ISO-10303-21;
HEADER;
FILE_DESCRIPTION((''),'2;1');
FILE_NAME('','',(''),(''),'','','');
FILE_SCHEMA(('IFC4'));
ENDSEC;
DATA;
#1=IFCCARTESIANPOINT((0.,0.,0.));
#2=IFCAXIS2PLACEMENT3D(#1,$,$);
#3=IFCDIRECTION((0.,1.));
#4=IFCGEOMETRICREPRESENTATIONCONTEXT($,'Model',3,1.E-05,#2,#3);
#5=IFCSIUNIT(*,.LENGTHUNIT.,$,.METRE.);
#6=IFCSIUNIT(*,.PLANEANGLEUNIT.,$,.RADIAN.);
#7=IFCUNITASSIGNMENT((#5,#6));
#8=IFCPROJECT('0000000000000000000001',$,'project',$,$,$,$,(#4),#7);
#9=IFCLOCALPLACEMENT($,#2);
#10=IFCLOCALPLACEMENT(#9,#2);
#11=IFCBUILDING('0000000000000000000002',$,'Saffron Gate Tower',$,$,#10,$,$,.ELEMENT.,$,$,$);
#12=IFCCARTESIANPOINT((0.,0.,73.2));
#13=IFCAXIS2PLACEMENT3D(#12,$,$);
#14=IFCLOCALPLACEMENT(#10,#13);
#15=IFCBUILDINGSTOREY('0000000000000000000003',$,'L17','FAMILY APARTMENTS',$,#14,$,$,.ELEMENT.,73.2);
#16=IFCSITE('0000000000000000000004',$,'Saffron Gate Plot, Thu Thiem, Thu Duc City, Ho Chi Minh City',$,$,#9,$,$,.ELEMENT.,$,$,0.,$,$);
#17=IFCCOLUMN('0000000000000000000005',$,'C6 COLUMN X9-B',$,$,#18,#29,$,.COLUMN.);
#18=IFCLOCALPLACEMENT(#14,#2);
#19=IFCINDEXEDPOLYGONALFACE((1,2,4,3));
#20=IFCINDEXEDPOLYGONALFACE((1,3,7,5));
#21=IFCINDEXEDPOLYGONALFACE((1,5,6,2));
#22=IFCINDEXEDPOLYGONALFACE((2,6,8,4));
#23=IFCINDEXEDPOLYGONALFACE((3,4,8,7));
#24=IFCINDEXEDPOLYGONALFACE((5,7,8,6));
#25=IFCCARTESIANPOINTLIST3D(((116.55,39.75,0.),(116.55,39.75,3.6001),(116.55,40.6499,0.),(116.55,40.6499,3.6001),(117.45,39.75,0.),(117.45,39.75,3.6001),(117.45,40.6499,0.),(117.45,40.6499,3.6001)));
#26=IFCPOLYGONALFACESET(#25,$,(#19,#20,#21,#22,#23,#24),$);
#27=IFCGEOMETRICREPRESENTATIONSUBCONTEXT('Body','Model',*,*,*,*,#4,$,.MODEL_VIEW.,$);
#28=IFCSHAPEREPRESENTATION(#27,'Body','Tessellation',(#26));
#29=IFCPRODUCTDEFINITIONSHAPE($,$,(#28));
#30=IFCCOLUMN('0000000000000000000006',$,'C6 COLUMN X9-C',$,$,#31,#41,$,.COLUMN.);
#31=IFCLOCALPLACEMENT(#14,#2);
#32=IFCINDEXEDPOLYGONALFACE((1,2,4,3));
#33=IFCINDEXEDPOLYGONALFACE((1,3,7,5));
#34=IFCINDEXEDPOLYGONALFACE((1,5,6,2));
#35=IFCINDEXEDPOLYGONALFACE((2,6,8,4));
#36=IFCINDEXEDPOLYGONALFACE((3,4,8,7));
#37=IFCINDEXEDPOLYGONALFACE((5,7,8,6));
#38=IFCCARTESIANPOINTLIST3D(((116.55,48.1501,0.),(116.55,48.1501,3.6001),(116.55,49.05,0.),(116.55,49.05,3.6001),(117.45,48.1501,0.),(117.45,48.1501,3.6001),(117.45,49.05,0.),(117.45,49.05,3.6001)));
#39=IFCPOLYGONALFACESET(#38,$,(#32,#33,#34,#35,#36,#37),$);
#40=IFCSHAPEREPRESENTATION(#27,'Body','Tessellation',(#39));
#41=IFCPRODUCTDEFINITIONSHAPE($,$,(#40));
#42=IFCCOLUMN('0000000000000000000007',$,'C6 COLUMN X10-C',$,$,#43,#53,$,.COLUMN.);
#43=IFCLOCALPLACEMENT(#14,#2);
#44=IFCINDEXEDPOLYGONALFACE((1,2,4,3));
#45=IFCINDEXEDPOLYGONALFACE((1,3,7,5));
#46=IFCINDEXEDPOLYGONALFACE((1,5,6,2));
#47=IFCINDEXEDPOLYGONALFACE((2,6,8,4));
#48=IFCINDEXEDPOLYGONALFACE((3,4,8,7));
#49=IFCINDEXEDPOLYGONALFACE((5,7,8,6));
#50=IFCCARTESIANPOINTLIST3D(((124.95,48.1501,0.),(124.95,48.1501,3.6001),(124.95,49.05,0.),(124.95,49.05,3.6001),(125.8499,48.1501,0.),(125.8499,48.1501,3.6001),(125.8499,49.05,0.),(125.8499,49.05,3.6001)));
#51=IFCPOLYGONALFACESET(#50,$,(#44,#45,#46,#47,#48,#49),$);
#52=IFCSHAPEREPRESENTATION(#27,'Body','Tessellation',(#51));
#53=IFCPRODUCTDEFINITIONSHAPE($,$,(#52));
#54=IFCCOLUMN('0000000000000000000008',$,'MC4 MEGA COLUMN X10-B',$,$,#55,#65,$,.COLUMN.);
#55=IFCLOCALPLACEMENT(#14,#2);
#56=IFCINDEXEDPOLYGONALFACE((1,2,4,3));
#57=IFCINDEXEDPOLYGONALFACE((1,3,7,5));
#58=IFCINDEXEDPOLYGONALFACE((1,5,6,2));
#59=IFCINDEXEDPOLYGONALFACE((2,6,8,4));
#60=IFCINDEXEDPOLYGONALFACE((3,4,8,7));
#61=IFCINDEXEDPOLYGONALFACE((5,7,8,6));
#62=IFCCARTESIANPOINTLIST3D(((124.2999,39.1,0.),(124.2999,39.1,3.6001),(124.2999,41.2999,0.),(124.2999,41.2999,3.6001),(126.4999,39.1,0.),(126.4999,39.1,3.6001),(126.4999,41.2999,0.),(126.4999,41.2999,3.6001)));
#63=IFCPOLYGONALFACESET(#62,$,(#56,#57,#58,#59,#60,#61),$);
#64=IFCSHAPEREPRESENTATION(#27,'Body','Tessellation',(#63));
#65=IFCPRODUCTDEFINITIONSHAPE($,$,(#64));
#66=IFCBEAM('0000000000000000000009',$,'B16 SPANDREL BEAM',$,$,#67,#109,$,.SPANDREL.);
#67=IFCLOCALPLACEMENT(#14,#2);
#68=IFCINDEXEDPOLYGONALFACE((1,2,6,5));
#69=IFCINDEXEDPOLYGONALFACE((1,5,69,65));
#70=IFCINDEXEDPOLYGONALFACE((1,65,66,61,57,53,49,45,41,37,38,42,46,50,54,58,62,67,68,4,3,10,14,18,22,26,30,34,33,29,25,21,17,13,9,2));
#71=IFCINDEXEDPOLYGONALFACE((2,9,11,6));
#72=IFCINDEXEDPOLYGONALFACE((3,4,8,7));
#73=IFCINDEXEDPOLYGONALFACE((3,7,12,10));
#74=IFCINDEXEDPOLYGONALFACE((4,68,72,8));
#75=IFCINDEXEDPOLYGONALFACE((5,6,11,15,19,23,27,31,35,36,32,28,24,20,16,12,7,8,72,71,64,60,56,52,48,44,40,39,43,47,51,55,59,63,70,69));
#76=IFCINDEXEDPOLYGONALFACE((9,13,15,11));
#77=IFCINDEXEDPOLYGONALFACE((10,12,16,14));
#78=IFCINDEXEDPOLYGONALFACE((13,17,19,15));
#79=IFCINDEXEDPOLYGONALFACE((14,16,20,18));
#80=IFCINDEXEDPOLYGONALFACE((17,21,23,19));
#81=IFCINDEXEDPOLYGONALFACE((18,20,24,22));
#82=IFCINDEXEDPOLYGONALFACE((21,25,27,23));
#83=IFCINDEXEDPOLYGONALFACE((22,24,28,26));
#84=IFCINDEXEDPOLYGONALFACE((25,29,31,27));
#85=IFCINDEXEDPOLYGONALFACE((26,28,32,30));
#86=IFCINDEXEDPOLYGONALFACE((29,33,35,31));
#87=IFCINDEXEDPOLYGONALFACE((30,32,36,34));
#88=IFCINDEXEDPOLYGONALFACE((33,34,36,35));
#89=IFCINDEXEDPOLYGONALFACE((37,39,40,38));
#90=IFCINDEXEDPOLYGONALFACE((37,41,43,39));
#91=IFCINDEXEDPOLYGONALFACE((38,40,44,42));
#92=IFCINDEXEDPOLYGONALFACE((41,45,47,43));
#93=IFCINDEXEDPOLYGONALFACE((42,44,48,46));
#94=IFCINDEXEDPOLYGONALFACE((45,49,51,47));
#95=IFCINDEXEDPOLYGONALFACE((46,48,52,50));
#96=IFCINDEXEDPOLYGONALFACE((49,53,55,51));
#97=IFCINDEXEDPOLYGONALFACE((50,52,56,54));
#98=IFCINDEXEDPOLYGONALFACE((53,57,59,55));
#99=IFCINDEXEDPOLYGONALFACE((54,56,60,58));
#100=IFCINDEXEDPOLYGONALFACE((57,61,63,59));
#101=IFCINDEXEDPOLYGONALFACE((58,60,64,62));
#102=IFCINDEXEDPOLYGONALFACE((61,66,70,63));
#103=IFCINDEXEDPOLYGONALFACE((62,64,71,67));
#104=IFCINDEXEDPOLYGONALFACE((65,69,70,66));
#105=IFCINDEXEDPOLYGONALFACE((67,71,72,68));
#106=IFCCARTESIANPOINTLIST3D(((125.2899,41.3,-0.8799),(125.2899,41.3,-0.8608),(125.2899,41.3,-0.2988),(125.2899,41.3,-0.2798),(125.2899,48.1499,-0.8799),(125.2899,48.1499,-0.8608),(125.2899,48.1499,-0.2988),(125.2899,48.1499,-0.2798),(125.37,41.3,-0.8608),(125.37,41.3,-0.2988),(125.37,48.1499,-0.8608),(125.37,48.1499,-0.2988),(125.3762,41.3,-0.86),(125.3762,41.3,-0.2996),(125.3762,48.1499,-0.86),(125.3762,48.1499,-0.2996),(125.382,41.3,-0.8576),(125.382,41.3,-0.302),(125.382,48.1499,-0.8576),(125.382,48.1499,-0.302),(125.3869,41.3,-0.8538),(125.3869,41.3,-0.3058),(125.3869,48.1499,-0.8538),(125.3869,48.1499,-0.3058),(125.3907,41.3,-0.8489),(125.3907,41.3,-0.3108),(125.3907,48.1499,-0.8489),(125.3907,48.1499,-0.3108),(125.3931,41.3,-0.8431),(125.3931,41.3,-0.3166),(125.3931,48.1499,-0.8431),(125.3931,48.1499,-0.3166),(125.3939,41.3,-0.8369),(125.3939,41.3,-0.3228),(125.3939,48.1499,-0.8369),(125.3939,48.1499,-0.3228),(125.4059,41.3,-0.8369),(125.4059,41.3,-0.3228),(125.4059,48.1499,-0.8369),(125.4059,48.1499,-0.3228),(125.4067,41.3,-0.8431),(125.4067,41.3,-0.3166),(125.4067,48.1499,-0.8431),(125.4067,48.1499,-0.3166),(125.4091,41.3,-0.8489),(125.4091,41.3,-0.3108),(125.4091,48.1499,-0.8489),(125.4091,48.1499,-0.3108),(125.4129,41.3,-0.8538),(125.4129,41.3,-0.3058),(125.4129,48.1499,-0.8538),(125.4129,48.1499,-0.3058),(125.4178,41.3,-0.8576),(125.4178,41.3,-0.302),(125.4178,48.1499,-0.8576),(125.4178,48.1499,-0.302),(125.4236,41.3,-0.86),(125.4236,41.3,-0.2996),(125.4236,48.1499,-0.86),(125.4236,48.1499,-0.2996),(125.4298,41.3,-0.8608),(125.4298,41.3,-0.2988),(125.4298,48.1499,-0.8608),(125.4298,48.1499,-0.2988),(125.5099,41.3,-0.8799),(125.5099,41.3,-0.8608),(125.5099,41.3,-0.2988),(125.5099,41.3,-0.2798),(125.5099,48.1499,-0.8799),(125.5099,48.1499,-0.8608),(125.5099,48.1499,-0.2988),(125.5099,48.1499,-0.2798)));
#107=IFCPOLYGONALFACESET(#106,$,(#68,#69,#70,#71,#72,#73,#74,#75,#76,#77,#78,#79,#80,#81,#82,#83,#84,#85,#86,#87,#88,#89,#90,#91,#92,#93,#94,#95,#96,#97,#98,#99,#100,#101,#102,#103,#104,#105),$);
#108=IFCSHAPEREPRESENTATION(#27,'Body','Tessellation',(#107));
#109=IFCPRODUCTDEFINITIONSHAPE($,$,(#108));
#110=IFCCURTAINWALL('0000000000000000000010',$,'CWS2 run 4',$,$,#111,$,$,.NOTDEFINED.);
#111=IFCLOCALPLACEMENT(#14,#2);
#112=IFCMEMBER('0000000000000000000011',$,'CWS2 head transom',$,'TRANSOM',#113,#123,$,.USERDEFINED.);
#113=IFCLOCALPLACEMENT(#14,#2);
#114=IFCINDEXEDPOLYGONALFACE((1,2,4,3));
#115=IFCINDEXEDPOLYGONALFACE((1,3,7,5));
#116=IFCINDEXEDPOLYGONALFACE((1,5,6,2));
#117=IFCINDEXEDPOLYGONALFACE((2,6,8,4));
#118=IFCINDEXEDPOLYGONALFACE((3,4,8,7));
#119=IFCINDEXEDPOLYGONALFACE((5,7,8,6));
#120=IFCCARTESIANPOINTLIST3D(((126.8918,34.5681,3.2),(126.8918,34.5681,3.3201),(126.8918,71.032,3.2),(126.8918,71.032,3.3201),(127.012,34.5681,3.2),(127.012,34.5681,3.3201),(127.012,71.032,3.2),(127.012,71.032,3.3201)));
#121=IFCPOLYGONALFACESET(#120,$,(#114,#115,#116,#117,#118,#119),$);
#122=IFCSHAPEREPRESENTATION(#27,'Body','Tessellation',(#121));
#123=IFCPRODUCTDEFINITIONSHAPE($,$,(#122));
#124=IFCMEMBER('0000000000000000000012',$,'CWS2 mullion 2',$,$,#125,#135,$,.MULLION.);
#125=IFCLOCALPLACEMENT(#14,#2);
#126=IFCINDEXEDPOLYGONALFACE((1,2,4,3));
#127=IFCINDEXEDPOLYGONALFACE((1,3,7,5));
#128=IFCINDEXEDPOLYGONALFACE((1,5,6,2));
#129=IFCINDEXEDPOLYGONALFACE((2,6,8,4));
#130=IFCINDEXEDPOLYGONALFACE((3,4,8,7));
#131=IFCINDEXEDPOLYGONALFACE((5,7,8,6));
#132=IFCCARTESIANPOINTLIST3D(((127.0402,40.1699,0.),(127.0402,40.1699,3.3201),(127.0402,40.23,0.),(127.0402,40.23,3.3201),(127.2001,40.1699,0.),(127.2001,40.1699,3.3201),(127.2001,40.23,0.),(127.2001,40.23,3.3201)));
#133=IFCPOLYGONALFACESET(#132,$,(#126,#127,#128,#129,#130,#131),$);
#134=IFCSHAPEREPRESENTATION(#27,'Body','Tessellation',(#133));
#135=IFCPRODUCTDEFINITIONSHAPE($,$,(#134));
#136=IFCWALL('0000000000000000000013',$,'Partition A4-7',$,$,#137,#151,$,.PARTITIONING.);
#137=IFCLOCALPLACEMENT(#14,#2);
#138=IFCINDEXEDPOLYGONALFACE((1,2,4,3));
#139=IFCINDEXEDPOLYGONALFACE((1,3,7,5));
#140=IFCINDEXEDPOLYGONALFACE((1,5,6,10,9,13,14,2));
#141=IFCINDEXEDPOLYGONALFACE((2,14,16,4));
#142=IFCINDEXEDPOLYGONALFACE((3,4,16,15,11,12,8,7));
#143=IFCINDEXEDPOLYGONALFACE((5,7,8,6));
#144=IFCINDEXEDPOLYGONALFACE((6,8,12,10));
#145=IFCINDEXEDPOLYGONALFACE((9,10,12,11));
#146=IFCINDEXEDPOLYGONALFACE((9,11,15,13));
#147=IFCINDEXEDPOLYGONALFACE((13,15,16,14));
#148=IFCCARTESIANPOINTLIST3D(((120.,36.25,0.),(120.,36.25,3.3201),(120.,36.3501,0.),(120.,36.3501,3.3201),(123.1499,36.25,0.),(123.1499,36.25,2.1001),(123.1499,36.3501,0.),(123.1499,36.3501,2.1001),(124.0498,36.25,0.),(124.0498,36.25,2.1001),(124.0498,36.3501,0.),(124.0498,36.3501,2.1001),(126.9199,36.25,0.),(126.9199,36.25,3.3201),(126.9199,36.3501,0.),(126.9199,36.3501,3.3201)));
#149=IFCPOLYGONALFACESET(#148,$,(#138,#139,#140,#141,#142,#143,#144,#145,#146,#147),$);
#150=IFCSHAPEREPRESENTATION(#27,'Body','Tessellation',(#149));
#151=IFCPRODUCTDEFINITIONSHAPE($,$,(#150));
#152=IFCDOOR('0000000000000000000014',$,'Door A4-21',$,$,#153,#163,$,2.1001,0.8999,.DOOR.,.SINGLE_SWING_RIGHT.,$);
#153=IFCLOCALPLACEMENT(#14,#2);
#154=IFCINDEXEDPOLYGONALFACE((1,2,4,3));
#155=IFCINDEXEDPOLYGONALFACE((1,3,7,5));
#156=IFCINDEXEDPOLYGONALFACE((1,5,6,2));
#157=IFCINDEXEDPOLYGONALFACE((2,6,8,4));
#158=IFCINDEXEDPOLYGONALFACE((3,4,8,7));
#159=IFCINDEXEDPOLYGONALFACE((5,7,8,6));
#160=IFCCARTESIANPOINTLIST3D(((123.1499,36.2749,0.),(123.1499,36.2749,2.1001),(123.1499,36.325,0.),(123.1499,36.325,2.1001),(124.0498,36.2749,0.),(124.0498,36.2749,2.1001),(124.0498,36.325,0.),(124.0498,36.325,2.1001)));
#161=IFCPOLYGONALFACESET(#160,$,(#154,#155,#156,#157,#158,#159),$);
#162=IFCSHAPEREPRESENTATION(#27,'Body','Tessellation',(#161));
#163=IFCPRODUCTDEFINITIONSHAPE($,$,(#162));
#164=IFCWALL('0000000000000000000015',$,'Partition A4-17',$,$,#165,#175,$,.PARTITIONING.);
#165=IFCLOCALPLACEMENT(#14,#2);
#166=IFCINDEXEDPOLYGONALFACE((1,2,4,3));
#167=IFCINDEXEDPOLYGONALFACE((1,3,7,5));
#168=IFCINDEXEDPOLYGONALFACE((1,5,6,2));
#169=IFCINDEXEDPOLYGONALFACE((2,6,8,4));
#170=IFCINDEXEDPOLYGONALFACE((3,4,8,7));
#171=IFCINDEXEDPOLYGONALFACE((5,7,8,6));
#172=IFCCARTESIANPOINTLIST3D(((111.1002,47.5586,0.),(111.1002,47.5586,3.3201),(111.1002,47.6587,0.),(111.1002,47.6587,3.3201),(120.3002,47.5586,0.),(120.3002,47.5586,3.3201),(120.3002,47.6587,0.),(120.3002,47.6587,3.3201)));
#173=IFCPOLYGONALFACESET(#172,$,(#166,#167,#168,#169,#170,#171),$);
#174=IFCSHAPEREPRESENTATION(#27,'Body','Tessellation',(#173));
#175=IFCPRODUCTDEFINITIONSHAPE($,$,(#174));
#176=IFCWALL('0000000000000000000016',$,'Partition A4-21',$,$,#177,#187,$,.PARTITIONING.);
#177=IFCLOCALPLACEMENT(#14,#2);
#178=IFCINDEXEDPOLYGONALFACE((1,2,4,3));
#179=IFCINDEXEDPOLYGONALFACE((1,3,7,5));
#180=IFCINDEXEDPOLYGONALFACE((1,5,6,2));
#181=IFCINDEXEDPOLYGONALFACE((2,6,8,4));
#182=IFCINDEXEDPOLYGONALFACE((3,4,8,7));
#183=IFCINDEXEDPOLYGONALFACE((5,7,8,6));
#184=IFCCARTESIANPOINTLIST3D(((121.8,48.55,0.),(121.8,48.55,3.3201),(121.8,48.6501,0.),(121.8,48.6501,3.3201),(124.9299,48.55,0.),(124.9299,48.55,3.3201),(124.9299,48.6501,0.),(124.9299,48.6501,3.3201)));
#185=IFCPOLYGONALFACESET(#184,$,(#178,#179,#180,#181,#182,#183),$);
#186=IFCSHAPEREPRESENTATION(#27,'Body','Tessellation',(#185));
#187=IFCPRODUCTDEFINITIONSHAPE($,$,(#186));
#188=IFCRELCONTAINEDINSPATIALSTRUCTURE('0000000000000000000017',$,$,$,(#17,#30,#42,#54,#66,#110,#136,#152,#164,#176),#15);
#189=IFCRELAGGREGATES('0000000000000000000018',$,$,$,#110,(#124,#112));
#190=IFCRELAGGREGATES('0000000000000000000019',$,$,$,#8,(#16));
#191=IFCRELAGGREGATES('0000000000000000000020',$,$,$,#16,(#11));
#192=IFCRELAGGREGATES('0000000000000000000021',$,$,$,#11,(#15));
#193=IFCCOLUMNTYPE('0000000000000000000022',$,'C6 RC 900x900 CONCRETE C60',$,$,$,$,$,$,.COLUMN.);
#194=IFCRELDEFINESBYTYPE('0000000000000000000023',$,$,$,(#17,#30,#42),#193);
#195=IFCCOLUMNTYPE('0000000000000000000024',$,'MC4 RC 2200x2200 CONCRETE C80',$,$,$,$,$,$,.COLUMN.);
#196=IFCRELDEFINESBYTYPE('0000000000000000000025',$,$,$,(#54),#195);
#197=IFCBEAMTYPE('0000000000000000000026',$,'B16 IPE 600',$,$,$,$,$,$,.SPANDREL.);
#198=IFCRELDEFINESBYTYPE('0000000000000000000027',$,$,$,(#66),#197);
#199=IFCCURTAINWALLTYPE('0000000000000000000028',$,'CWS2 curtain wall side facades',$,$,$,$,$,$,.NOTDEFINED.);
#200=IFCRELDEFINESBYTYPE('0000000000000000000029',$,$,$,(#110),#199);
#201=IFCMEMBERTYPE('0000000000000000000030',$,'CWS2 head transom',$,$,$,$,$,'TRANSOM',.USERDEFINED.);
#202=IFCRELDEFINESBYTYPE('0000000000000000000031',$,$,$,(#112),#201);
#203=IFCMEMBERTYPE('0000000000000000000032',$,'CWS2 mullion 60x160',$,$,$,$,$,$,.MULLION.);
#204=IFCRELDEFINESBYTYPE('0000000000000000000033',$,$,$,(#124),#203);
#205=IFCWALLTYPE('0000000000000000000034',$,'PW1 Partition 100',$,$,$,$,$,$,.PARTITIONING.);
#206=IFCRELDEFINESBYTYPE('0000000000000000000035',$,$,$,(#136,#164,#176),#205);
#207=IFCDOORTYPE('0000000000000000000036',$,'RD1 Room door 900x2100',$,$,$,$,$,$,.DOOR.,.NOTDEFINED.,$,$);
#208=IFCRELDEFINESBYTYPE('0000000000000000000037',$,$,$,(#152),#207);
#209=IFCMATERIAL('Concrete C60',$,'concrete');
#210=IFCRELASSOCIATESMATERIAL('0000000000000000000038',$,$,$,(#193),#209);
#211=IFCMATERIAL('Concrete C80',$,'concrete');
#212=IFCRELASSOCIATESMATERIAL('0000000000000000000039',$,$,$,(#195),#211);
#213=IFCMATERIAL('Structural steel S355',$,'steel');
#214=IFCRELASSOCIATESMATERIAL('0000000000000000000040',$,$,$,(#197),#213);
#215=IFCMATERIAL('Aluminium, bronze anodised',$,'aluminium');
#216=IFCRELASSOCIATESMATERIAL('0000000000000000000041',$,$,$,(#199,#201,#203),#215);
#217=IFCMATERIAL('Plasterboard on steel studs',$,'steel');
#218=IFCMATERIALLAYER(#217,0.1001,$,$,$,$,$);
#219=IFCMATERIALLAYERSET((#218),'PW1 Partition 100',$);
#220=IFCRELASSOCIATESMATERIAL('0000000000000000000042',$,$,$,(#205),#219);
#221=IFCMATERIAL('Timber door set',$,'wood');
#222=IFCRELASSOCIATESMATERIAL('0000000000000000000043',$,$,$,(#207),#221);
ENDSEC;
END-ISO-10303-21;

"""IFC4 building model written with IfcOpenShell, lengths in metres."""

from ifc_helpers import new_model, si_unit, direction, frame, frame_2d, origin, origin_2d, place, context, subcontext, project, spatial, rectangle, i_section, extrude, material, layer, layer_set, material_profile, profile_set, type_object, element, fill, aggregate, save


model = new_model("IFC4")

# Units and contexts
model_context = context("Model", 3, precision=1e-05, world=origin(), true_north=direction((0.0, 1.0)))
body_context = subcontext(model_context, "Body", "Model", "MODEL_VIEW")
ifc_project = project(units=[si_unit("LENGTHUNIT", "METRE"), si_unit("PLANEANGLEUNIT", "RADIAN")], contexts=[model_context])

# Site, building, storey
site_placement = place(None, origin())
site = spatial("IfcSite", under=ifc_project, at=site_placement, Name="Saffron Gate Plot, Thu Thiem, Thu Duc City, Ho Chi Minh City", CompositionType="ELEMENT", RefElevation=0.0)
building_placement = place(site_placement, origin())
building = spatial("IfcBuilding", under=site, at=building_placement, Name="Saffron Gate Tower", CompositionType="ELEMENT")
storey_placement = place(building_placement, frame((0.0, 0.0, 73.2)))
storey = spatial("IfcBuildingStorey", under=building, at=storey_placement, Name="L17", Description="FAMILY APARTMENTS", CompositionType="ELEMENT", Elevation=73.2)

# Columns
ifc_material_1 = material(Name="Concrete C60", Category="concrete")
ifc_material_profile_1 = material_profile(ifc_material_1, rectangle(XDim=0.8999, YDim=0.8999, at=origin_2d()))
ifc_profile_set_1 = profile_set([ifc_material_profile_1], Name="Concrete C60")
column_type_1 = type_object("IfcColumnType", Name="C6 RC 900x900 CONCRETE C60", PredefinedType="COLUMN", material=ifc_profile_set_1)
for number, where, z_axis, x_axis, name in (
    (1, (117.0, 40.2, 0.0), (0.0, 0.0, 1.0), (1.0, 0.0, 0.0), "C6 COLUMN X9-B"),
    (2, (117.0, 48.6001, 0.0), (0.0, 0.0, 1.0), (1.0, 0.0, 0.0), "C6 COLUMN X9-C"),
    (3, (125.3999, 48.6001, 0.0), (0.0, 0.0, 1.0), (1.0, 0.0, 0.0), "C6 COLUMN X10-C"),
):
    element("IfcColumn", number, at=place(storey_placement, frame(where, z_axis=z_axis, x_axis=x_axis)), inside=storey, type_object=column_type_1, Name=name, PredefinedType="COLUMN", context=body_context, shape_type="SweptSolid", body=[
        extrude(rectangle(XDim=0.8999, YDim=0.8999, at=origin_2d()), origin(), (0.0, 0.0, 1.0), 3.6001),
    ])
ifc_material_2 = material(Name="Concrete C80", Category="concrete")
ifc_material_profile_2 = material_profile(ifc_material_2, rectangle(XDim=2.2, YDim=2.2, at=origin_2d()))
ifc_profile_set_2 = profile_set([ifc_material_profile_2], Name="Concrete C80")
column_type_2 = type_object("IfcColumnType", Name="MC4 RC 2200x2200 CONCRETE C80", PredefinedType="COLUMN", material=ifc_profile_set_2)
column_placement = place(storey_placement, frame((125.3999, 40.2, 0.0), z_axis=(0.0, 0.0, 1.0), x_axis=(1.0, 0.0, 0.0)))
element("IfcColumn", 4, at=column_placement, inside=storey, type_object=column_type_2, Name="MC4 MEGA COLUMN X10-B", PredefinedType="COLUMN", context=body_context, shape_type="SweptSolid", body=[
    extrude(rectangle(XDim=2.2, YDim=2.2, at=origin_2d()), origin(), (0.0, 0.0, 1.0), 3.6001),
])

# Beam
ifc_material_3 = material(Name="Structural steel S355", Category="steel")
ifc_material_profile_3 = material_profile(ifc_material_3, i_section(OverallWidth=0.22, OverallDepth=0.6001, WebThickness=0.012, FlangeThickness=0.019, FilletRadius=0.0239, at=origin_2d()))
ifc_profile_set_3 = profile_set([ifc_material_profile_3], Name="Structural steel S355")
beam_type = type_object("IfcBeamType", Name="B16 IPE 600", PredefinedType="SPANDREL", material=ifc_profile_set_3)
beam_placement = place(storey_placement, frame((125.3999, 41.3, -0.5798), z_axis=(0.0, 1.0, 0.0), x_axis=(-1.0, 0.0, 0.0)))
element("IfcBeam", 5, at=beam_placement, inside=storey, type_object=beam_type, Name="B16 SPANDREL BEAM", PredefinedType="SPANDREL", context=body_context, shape_type="SweptSolid", body=[
    extrude(i_section(OverallWidth=0.22, OverallDepth=0.6001, WebThickness=0.012, FlangeThickness=0.019, FilletRadius=0.0239, at=origin_2d()), origin(), (0.0, 0.0, 1.0), 6.8499),
])

# Curtain wall, members
ifc_material_4 = material(Name="Aluminium, bronze anodised", Category="aluminium")
curtain_wall_type = type_object("IfcCurtainWallType", Name="CWS2 curtain wall side facades", PredefinedType="NOTDEFINED", material=ifc_material_4)
curtain_wall_placement = place(storey_placement, origin())
curtain_wall = element("IfcCurtainWall", 6, at=curtain_wall_placement, inside=storey, type_object=curtain_wall_type, Name="CWS2 run 4", PredefinedType="NOTDEFINED")
ifc_material_profile_4 = material_profile(ifc_material_4, rectangle(XDim=0.1201, YDim=0.1201, at=origin_2d()))
ifc_profile_set_4 = profile_set([ifc_material_profile_4], Name="Aluminium, bronze anodised")
member_type_1 = type_object("IfcMemberType", Name="CWS2 head transom", ElementType="TRANSOM", PredefinedType="USERDEFINED", material=ifc_profile_set_4)
member_1_placement = place(storey_placement, frame((126.9519, 34.5681, 3.26), z_axis=(0.0, 1.0, 0.0), x_axis=(-1.0, 0.0, 0.0)))
member_1 = element("IfcMember", 7, at=member_1_placement, type_object=member_type_1, Name="CWS2 head transom", ObjectType="TRANSOM", PredefinedType="USERDEFINED", context=body_context, shape_type="SweptSolid", body=[
    extrude(rectangle(XDim=0.1201, YDim=0.1201, at=origin_2d()), origin(), (0.0, 0.0, 1.0), 36.4639),
])
ifc_material_profile_5 = material_profile(ifc_material_4, rectangle(XDim=0.1599, YDim=0.0601, at=origin_2d()))
ifc_profile_set_5 = profile_set([ifc_material_profile_5], Name="Aluminium, bronze anodised")
member_type_2 = type_object("IfcMemberType", Name="CWS2 mullion 60x160", PredefinedType="MULLION", material=ifc_profile_set_5)
member_2_placement = place(storey_placement, frame((127.1201, 40.2, 0.0), z_axis=(0.0, 0.0, 1.0), x_axis=(-1.0, 0.0, 0.0)))
member_2 = element("IfcMember", 8, at=member_2_placement, type_object=member_type_2, Name="CWS2 mullion 2", PredefinedType="MULLION", context=body_context, shape_type="SweptSolid", body=[
    extrude(rectangle(XDim=0.1599, YDim=0.0601, at=origin_2d()), origin(), (0.0, 0.0, 1.0), 3.3201),
])
aggregate(curtain_wall, [member_2, member_1])

# Wall, opening, door
ifc_material_5 = material(Name="Plasterboard on steel studs", Category="steel")
ifc_layer_1 = layer(ifc_material_5, 0.1001)
ifc_layer_set_1 = layer_set([ifc_layer_1], Name="PW1 Partition 100")
wall_type_1 = type_object("IfcWallType", Name="PW1 Partition 100", PredefinedType="PARTITIONING", material=ifc_layer_set_1)
wall_1_placement = place(storey_placement, frame((120.0, 36.3, 0.0), z_axis=(0.0, 0.0, 1.0), x_axis=(1.0, 0.0, 0.0)))
wall_1 = element("IfcWall", 9, at=wall_1_placement, inside=storey, type_object=wall_type_1, Name="Partition A4-7", PredefinedType="PARTITIONING", context=body_context, shape_type="SweptSolid", body=[
    extrude(rectangle(XDim=6.9199, YDim=0.1001, at=frame_2d((3.46, 0.0))), origin(), (0.0, 0.0, 1.0), 3.3201),
])
opening_1_placement = place(wall_1_placement, frame((3.1499, 0.0, 0.0)))
opening_1 = element("IfcOpeningElement", 10, at=opening_1_placement, cuts=wall_1, PredefinedType="OPENING", context=body_context, shape_type="SweptSolid", body=[
    extrude(rectangle(XDim=0.8999, YDim=2.1001, at=frame_2d((0.45, 1.05))), frame((0.0, 0.0601, 0.0), z_axis=(0.0, -1.0, 0.0), x_axis=(1.0, 0.0, 0.0)), (0.0, 0.0, 1.0), 0.1201),
])
ifc_material_6 = material(Name="Timber door set", Category="wood")
door_type_1 = type_object("IfcDoorType", Name="RD1 Room door 900x2100", OperationType="NOTDEFINED", PredefinedType="DOOR", material=ifc_material_6)
door_1_placement = place(opening_1_placement, origin())
door_1 = element("IfcDoor", 11, at=door_1_placement, inside=storey, type_object=door_type_1, Name="Door A4-21", OperationType="SINGLE_SWING_RIGHT", OverallHeight=2.1001, OverallWidth=0.8999, PredefinedType="DOOR", context=body_context, shape_type="SweptSolid", body=[
    extrude(rectangle(XDim=0.8999, YDim=2.1001, at=frame_2d((0.45, 1.05))), frame((0.0, 0.0249, 0.0), z_axis=(0.0, -1.0, 0.0), x_axis=(1.0, 0.0, 0.0)), (0.0, 0.0, 1.0), 0.05),
])
fill(opening_1, door_1)

# Walls
wall_2_placement = place(storey_placement, frame((111.1001, 47.6086, 0.0), z_axis=(0.0, 0.0, 1.0), x_axis=(1.0, 0.0, 0.0)))
element("IfcWall", 12, at=wall_2_placement, inside=storey, type_object=wall_type_1, Name="Partition A4-17", PredefinedType="PARTITIONING", context=body_context, shape_type="SweptSolid", body=[
    extrude(rectangle(XDim=9.2, YDim=0.1001, at=frame_2d((4.6001, 0.0))), origin(), (0.0, 0.0, 1.0), 3.3201),
])
wall_3_placement = place(storey_placement, frame((121.8, 48.6001, 0.0), z_axis=(0.0, 0.0, 1.0), x_axis=(1.0, 0.0, 0.0)))
element("IfcWall", 13, at=wall_3_placement, inside=storey, type_object=wall_type_1, Name="Partition A4-21", PredefinedType="PARTITIONING", context=body_context, shape_type="SweptSolid", body=[
    extrude(rectangle(XDim=3.1299, YDim=0.1001, at=frame_2d((1.5649, 0.0))), origin(), (0.0, 0.0, 1.0), 3.3201),
])

save(model, "model.ifc")
